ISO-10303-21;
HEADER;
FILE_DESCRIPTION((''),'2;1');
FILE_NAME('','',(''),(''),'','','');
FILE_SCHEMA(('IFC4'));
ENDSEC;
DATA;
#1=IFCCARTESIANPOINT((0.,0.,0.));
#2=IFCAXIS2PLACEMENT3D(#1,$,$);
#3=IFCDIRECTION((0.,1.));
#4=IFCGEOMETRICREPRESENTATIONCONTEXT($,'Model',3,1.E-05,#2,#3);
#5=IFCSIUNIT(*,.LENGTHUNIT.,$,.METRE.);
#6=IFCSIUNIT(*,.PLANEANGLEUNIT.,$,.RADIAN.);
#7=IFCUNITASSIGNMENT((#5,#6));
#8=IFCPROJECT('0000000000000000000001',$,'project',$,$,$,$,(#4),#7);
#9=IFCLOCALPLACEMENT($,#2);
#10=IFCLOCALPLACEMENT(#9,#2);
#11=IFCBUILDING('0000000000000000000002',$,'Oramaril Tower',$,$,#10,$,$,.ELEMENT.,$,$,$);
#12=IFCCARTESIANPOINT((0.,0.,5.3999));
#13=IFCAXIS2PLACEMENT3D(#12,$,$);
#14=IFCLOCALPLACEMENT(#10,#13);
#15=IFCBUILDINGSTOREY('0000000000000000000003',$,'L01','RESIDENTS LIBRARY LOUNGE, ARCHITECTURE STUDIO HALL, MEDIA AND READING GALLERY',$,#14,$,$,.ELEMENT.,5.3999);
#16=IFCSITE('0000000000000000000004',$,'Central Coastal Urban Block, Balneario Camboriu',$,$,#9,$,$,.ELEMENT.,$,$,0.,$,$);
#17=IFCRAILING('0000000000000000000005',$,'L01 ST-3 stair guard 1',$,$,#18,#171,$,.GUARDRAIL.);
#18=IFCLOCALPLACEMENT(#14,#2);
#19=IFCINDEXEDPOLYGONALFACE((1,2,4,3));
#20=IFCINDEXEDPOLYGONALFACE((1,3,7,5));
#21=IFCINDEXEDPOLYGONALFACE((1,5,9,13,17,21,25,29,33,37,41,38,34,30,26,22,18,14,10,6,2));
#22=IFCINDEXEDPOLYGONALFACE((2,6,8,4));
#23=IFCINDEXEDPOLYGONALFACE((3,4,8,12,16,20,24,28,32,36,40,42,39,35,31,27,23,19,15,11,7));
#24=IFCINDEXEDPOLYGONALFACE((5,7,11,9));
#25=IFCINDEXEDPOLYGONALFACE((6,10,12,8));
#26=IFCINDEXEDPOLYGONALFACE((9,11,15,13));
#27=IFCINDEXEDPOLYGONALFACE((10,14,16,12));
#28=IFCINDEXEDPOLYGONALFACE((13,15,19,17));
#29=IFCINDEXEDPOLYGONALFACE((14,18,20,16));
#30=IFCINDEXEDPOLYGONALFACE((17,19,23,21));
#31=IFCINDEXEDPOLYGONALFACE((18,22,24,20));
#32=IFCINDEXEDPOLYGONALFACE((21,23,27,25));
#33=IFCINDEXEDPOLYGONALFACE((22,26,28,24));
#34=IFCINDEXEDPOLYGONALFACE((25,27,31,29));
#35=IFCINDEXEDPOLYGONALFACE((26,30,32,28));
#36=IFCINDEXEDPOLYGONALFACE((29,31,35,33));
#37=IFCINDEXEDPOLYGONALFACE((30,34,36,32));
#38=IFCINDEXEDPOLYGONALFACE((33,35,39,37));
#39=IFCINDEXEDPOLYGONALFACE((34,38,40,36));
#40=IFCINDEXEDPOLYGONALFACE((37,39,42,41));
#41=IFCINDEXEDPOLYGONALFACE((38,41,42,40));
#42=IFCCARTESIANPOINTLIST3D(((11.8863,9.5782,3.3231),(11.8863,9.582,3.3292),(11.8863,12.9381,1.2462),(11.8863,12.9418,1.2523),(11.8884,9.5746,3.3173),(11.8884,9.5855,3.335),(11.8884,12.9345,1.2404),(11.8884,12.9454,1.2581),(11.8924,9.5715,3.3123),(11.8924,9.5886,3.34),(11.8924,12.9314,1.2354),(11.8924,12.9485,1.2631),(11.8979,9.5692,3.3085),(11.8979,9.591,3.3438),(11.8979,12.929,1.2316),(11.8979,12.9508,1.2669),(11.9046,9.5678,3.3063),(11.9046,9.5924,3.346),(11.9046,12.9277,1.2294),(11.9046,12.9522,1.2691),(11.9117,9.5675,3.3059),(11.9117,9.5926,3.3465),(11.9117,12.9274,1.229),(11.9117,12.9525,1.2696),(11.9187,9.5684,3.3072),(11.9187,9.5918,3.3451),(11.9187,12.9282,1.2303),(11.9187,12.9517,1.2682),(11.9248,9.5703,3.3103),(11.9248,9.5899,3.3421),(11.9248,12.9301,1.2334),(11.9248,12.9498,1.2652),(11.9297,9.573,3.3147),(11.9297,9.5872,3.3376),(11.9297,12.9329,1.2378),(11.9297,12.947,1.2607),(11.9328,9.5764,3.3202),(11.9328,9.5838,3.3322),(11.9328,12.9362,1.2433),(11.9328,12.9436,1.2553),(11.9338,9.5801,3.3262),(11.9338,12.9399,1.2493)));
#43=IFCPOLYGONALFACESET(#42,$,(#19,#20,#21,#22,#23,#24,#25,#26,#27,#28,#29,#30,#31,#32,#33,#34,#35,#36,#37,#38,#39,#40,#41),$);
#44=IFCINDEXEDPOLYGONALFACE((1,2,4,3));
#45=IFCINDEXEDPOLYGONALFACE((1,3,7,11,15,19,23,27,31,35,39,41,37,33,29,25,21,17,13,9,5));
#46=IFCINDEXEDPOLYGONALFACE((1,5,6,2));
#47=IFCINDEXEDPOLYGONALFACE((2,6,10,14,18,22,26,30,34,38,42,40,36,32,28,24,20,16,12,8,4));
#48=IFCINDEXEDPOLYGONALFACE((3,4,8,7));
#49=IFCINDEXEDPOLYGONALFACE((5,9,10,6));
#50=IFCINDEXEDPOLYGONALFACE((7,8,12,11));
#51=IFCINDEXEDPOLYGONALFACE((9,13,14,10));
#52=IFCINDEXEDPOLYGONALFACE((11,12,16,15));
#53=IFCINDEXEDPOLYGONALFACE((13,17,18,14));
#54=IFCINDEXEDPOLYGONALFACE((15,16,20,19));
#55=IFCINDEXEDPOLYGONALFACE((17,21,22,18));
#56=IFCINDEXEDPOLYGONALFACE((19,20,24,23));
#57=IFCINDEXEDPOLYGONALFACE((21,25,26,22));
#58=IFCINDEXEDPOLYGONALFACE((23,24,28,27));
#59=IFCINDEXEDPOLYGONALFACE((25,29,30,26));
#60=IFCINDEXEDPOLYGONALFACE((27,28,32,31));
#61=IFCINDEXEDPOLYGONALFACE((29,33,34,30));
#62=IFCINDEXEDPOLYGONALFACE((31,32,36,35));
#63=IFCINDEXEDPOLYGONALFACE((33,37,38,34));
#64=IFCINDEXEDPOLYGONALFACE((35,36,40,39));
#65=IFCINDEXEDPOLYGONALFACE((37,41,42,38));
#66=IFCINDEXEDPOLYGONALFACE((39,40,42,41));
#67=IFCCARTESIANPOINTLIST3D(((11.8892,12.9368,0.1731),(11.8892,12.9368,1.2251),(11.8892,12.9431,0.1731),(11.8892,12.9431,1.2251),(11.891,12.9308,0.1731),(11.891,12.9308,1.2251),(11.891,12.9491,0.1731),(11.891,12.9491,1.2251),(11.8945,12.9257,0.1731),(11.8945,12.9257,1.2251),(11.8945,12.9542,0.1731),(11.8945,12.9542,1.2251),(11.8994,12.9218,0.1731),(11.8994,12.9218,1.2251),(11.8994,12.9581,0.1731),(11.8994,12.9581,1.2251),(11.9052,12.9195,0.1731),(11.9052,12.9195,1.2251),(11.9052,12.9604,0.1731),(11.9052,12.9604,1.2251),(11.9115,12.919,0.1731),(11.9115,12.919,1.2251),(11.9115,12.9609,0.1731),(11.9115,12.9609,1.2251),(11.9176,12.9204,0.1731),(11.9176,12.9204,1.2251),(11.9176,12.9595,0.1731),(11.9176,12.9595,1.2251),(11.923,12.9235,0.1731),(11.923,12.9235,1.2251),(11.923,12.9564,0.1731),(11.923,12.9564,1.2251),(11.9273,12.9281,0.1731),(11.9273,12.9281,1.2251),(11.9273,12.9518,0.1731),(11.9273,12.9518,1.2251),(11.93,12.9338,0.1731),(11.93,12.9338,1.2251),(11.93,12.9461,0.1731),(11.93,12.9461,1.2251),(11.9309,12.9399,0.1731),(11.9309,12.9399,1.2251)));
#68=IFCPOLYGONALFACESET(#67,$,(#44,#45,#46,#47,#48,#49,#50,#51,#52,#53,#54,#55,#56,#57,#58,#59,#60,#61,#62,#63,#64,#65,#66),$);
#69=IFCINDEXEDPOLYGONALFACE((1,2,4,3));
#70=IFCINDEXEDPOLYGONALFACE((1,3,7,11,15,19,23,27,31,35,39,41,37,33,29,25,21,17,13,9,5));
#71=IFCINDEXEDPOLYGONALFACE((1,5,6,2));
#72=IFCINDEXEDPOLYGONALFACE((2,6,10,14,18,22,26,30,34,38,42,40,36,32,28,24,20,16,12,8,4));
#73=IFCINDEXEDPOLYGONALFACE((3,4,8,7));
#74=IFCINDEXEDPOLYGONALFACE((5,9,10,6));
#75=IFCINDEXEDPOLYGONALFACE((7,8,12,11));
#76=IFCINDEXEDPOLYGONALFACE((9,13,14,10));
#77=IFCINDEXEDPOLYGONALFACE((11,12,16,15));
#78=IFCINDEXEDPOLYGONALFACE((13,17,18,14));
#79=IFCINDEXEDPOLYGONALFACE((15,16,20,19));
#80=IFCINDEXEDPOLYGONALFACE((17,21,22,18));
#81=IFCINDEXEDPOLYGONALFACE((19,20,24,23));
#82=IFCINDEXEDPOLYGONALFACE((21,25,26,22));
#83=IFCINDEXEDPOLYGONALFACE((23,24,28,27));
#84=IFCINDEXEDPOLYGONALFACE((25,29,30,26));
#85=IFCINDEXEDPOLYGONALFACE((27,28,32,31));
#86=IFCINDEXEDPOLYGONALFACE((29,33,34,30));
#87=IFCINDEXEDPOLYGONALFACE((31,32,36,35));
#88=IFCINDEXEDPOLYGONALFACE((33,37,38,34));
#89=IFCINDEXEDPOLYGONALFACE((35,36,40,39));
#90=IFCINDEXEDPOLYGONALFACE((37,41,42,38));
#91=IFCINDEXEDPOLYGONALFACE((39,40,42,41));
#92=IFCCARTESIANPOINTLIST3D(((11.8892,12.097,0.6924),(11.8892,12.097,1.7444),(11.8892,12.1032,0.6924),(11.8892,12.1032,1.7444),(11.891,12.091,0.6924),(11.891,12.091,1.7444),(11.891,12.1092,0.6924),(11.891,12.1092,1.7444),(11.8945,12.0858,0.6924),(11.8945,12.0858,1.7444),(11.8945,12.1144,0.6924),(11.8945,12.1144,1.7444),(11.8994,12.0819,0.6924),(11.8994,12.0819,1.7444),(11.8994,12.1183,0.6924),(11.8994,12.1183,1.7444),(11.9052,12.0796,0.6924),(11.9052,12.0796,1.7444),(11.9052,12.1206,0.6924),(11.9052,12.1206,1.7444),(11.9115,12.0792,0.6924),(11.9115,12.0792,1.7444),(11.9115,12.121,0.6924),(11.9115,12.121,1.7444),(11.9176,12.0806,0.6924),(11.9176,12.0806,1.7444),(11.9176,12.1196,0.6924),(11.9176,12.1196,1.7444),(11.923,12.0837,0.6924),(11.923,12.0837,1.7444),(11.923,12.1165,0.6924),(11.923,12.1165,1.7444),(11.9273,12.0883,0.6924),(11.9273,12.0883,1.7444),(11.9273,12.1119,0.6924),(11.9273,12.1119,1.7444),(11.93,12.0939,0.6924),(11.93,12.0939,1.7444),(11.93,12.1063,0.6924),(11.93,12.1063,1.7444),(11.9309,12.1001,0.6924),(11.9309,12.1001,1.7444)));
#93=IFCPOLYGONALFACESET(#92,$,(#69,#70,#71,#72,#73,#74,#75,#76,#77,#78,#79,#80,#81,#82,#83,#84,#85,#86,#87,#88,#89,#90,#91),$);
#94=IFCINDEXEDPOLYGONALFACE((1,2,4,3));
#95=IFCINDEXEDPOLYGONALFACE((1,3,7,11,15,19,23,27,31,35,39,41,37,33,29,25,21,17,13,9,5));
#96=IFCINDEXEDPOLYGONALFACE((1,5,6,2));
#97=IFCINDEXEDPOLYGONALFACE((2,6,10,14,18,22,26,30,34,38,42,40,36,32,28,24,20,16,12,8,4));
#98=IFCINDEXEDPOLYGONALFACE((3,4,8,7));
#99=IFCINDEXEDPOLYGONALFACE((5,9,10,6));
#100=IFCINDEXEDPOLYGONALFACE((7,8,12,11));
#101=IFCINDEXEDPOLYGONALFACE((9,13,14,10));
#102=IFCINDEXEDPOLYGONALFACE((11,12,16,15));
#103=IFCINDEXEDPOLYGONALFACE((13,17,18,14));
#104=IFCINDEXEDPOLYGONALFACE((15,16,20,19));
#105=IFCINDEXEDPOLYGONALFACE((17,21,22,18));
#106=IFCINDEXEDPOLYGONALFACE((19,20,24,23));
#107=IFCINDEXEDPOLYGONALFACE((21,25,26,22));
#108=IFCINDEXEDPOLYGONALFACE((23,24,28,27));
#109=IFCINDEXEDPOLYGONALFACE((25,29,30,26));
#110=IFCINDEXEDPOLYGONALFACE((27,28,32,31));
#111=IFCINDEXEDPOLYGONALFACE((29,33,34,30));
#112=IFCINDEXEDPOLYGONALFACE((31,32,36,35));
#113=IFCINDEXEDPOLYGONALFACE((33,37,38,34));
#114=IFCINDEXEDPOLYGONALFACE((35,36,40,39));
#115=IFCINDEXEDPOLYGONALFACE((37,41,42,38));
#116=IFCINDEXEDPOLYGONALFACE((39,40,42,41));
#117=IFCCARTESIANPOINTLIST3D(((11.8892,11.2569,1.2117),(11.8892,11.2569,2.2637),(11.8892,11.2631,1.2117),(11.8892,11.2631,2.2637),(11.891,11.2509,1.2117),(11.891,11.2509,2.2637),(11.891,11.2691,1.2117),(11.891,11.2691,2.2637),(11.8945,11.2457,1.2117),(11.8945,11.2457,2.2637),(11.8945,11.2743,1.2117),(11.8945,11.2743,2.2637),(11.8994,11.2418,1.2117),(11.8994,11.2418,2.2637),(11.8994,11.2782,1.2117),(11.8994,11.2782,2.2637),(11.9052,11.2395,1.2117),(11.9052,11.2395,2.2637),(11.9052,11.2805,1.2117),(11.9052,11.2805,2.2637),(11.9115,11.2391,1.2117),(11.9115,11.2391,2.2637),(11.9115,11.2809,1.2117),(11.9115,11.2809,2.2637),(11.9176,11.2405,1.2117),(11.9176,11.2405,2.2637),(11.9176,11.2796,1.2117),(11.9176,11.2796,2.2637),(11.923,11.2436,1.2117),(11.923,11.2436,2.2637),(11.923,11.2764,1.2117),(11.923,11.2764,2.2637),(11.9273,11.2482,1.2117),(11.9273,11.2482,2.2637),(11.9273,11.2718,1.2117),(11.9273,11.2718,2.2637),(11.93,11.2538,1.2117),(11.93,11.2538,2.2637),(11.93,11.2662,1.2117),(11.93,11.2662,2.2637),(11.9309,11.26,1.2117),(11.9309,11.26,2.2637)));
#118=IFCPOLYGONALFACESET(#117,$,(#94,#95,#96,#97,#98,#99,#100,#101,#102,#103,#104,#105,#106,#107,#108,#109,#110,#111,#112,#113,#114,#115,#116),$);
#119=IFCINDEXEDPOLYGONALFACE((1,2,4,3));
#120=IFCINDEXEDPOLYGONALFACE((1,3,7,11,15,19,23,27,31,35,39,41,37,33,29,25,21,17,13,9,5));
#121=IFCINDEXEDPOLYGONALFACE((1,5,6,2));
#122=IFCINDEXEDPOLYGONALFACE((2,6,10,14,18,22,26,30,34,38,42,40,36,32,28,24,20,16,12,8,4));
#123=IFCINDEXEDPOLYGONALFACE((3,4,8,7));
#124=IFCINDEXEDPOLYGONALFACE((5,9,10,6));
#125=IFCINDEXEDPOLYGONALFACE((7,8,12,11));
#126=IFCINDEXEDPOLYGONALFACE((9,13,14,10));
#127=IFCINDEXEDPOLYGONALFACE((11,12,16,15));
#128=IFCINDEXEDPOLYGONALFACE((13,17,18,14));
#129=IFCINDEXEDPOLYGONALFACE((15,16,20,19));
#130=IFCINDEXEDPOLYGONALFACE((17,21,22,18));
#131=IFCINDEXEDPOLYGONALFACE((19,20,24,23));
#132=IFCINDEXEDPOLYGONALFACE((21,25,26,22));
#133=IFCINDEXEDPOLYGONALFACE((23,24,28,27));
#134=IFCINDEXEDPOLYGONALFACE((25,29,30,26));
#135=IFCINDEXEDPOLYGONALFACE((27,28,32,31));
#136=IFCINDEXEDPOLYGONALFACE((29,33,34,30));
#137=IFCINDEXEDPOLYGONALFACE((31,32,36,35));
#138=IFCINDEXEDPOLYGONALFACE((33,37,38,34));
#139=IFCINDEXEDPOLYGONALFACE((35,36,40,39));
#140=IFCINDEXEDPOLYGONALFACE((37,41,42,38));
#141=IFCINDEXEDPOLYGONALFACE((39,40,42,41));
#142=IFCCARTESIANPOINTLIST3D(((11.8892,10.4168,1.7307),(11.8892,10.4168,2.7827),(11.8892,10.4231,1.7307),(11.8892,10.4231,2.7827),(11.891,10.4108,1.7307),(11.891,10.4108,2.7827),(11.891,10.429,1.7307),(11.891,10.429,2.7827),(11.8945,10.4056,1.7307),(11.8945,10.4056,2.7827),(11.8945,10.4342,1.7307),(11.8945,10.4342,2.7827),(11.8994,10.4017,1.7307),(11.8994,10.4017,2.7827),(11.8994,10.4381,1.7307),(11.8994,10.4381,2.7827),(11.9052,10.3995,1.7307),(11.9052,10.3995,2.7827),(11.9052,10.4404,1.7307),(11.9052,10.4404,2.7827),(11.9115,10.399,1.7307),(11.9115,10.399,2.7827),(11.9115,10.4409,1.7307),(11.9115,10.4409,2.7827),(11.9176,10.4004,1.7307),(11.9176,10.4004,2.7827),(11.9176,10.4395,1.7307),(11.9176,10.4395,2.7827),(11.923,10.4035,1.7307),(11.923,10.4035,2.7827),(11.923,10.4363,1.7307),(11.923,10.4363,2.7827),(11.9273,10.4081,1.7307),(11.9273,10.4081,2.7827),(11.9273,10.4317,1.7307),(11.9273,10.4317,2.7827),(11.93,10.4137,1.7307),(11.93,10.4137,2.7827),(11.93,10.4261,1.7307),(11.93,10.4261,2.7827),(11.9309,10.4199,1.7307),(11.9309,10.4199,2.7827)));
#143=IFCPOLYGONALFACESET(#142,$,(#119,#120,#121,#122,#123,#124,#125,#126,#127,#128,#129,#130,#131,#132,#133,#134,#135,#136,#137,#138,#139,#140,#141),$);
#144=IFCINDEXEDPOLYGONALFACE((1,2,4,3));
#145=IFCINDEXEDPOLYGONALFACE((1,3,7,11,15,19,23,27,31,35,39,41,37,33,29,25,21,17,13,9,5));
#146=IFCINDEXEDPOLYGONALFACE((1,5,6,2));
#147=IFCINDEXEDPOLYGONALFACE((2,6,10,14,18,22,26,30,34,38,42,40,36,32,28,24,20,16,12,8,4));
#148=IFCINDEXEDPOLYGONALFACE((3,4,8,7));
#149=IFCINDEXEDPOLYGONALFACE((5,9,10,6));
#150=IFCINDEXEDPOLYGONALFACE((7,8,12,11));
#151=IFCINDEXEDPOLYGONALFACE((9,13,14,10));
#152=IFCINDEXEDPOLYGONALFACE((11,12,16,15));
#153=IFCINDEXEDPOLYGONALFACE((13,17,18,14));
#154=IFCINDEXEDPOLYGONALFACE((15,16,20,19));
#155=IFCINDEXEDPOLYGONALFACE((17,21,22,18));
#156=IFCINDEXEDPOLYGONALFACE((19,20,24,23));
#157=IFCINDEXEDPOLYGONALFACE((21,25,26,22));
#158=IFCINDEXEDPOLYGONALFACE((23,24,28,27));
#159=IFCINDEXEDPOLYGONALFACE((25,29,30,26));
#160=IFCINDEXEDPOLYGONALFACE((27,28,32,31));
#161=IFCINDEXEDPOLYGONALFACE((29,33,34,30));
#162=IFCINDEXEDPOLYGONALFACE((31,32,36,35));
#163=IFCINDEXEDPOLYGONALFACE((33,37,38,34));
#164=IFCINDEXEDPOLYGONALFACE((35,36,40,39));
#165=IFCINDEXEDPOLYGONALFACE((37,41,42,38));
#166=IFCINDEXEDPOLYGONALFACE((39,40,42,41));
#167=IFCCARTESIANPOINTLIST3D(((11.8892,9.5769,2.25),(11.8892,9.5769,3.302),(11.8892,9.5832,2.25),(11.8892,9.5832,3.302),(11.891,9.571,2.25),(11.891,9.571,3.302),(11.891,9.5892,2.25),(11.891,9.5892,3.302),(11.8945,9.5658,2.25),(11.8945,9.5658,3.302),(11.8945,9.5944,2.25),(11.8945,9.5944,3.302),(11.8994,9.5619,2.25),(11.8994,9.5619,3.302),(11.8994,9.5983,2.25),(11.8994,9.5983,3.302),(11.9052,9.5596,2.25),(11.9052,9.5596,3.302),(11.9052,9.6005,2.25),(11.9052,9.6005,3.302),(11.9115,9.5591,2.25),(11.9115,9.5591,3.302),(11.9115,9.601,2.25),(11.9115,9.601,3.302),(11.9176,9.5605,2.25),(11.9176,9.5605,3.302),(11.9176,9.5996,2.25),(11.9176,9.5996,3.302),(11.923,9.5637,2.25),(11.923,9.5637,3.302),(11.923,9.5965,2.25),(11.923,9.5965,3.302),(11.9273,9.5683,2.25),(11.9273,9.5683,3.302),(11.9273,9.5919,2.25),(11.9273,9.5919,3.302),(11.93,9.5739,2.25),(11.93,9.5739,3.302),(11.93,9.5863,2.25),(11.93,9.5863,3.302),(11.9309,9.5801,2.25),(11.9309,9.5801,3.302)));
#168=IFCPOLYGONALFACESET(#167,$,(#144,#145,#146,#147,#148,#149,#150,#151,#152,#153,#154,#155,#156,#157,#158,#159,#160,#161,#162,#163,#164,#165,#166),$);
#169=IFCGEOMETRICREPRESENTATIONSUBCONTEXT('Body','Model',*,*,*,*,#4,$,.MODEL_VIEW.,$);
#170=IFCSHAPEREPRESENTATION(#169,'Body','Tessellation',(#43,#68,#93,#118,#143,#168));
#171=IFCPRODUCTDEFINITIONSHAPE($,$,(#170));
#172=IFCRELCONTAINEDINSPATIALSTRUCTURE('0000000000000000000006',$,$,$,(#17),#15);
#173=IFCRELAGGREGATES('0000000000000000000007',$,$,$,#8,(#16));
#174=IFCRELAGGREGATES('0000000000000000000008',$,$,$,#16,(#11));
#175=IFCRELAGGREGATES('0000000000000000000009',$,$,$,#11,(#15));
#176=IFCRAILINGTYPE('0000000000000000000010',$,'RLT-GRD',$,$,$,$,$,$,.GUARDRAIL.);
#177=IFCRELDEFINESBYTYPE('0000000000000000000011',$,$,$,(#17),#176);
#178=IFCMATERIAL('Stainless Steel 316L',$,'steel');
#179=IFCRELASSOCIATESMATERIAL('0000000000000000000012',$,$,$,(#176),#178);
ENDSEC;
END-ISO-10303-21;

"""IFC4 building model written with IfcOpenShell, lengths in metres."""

from ifc_helpers import new_model, si_unit, direction, frame, origin, origin_2d, place, context, subcontext, project, spatial, circle, extrude, material, type_object, element, save


model = new_model("IFC4")

# Units and contexts
model_context = context("Model", 3, precision=1e-05, world=origin(), true_north=direction((0.0, 1.0)))
body_context = subcontext(model_context, "Body", "Model", "MODEL_VIEW")
ifc_project = project(units=[si_unit("LENGTHUNIT", "METRE"), si_unit("PLANEANGLEUNIT", "RADIAN")], contexts=[model_context])

# Site, building, storey
site_placement = place(None, origin())
site = spatial("IfcSite", under=ifc_project, at=site_placement, Name="Central Coastal Urban Block, Balneario Camboriu", CompositionType="ELEMENT", RefElevation=0.0)
building_placement = place(site_placement, origin())
building = spatial("IfcBuilding", under=site, at=building_placement, Name="Oramaril Tower", CompositionType="ELEMENT")
storey_placement = place(building_placement, frame((0.0, 0.0, 5.3999)))
storey = spatial("IfcBuildingStorey", under=building, at=storey_placement, Name="L01", Description="RESIDENTS LIBRARY LOUNGE, ARCHITECTURE STUDIO HALL, MEDIA AND READING GALLERY", CompositionType="ELEMENT", Elevation=5.3999)

# Railing
ifc_material_1 = material(Name="Stainless Steel 316L", Category="steel")
railing_type_1 = type_object("IfcRailingType", Name="RLT-GRD", PredefinedType="GUARDRAIL", material=ifc_material_1)
railing_1_placement = place(storey_placement, frame((11.9099, 12.9399, 0.1731)))
element("IfcRailing", 1, at=railing_1_placement, inside=storey, type_object=railing_type_1, Name="L01 ST-3 stair guard 1", PredefinedType="GUARDRAIL", context=body_context, shape_type="SweptSolid", body=[
    extrude(circle(Radius=0.0239, at=origin_2d()), frame((0.0, 0.0, 1.0762), z_axis=(0.0, -0.850606, 0.525803), x_axis=(1.0, 0.0, 0.0)), (0.0, 0.0, 1.0), 3.95),
    extrude(circle(Radius=0.021, at=origin_2d()), origin(), (0.0, 0.0, 1.0), 1.052),
    extrude(circle(Radius=0.021, at=origin_2d()), frame((0.0, -0.8398, 0.5193)), (0.0, 0.0, 1.0), 1.052),
    extrude(circle(Radius=0.021, at=origin_2d()), frame((0.0, -1.6799, 1.0386)), (0.0, 0.0, 1.0), 1.052),
    extrude(circle(Radius=0.021, at=origin_2d()), frame((0.0, -2.52, 1.5576)), (0.0, 0.0, 1.0), 1.052),
    extrude(circle(Radius=0.021, at=origin_2d()), frame((0.0, -3.3599, 2.0769)), (0.0, 0.0, 1.0), 1.052),
])

save(model, "model.ifc")
